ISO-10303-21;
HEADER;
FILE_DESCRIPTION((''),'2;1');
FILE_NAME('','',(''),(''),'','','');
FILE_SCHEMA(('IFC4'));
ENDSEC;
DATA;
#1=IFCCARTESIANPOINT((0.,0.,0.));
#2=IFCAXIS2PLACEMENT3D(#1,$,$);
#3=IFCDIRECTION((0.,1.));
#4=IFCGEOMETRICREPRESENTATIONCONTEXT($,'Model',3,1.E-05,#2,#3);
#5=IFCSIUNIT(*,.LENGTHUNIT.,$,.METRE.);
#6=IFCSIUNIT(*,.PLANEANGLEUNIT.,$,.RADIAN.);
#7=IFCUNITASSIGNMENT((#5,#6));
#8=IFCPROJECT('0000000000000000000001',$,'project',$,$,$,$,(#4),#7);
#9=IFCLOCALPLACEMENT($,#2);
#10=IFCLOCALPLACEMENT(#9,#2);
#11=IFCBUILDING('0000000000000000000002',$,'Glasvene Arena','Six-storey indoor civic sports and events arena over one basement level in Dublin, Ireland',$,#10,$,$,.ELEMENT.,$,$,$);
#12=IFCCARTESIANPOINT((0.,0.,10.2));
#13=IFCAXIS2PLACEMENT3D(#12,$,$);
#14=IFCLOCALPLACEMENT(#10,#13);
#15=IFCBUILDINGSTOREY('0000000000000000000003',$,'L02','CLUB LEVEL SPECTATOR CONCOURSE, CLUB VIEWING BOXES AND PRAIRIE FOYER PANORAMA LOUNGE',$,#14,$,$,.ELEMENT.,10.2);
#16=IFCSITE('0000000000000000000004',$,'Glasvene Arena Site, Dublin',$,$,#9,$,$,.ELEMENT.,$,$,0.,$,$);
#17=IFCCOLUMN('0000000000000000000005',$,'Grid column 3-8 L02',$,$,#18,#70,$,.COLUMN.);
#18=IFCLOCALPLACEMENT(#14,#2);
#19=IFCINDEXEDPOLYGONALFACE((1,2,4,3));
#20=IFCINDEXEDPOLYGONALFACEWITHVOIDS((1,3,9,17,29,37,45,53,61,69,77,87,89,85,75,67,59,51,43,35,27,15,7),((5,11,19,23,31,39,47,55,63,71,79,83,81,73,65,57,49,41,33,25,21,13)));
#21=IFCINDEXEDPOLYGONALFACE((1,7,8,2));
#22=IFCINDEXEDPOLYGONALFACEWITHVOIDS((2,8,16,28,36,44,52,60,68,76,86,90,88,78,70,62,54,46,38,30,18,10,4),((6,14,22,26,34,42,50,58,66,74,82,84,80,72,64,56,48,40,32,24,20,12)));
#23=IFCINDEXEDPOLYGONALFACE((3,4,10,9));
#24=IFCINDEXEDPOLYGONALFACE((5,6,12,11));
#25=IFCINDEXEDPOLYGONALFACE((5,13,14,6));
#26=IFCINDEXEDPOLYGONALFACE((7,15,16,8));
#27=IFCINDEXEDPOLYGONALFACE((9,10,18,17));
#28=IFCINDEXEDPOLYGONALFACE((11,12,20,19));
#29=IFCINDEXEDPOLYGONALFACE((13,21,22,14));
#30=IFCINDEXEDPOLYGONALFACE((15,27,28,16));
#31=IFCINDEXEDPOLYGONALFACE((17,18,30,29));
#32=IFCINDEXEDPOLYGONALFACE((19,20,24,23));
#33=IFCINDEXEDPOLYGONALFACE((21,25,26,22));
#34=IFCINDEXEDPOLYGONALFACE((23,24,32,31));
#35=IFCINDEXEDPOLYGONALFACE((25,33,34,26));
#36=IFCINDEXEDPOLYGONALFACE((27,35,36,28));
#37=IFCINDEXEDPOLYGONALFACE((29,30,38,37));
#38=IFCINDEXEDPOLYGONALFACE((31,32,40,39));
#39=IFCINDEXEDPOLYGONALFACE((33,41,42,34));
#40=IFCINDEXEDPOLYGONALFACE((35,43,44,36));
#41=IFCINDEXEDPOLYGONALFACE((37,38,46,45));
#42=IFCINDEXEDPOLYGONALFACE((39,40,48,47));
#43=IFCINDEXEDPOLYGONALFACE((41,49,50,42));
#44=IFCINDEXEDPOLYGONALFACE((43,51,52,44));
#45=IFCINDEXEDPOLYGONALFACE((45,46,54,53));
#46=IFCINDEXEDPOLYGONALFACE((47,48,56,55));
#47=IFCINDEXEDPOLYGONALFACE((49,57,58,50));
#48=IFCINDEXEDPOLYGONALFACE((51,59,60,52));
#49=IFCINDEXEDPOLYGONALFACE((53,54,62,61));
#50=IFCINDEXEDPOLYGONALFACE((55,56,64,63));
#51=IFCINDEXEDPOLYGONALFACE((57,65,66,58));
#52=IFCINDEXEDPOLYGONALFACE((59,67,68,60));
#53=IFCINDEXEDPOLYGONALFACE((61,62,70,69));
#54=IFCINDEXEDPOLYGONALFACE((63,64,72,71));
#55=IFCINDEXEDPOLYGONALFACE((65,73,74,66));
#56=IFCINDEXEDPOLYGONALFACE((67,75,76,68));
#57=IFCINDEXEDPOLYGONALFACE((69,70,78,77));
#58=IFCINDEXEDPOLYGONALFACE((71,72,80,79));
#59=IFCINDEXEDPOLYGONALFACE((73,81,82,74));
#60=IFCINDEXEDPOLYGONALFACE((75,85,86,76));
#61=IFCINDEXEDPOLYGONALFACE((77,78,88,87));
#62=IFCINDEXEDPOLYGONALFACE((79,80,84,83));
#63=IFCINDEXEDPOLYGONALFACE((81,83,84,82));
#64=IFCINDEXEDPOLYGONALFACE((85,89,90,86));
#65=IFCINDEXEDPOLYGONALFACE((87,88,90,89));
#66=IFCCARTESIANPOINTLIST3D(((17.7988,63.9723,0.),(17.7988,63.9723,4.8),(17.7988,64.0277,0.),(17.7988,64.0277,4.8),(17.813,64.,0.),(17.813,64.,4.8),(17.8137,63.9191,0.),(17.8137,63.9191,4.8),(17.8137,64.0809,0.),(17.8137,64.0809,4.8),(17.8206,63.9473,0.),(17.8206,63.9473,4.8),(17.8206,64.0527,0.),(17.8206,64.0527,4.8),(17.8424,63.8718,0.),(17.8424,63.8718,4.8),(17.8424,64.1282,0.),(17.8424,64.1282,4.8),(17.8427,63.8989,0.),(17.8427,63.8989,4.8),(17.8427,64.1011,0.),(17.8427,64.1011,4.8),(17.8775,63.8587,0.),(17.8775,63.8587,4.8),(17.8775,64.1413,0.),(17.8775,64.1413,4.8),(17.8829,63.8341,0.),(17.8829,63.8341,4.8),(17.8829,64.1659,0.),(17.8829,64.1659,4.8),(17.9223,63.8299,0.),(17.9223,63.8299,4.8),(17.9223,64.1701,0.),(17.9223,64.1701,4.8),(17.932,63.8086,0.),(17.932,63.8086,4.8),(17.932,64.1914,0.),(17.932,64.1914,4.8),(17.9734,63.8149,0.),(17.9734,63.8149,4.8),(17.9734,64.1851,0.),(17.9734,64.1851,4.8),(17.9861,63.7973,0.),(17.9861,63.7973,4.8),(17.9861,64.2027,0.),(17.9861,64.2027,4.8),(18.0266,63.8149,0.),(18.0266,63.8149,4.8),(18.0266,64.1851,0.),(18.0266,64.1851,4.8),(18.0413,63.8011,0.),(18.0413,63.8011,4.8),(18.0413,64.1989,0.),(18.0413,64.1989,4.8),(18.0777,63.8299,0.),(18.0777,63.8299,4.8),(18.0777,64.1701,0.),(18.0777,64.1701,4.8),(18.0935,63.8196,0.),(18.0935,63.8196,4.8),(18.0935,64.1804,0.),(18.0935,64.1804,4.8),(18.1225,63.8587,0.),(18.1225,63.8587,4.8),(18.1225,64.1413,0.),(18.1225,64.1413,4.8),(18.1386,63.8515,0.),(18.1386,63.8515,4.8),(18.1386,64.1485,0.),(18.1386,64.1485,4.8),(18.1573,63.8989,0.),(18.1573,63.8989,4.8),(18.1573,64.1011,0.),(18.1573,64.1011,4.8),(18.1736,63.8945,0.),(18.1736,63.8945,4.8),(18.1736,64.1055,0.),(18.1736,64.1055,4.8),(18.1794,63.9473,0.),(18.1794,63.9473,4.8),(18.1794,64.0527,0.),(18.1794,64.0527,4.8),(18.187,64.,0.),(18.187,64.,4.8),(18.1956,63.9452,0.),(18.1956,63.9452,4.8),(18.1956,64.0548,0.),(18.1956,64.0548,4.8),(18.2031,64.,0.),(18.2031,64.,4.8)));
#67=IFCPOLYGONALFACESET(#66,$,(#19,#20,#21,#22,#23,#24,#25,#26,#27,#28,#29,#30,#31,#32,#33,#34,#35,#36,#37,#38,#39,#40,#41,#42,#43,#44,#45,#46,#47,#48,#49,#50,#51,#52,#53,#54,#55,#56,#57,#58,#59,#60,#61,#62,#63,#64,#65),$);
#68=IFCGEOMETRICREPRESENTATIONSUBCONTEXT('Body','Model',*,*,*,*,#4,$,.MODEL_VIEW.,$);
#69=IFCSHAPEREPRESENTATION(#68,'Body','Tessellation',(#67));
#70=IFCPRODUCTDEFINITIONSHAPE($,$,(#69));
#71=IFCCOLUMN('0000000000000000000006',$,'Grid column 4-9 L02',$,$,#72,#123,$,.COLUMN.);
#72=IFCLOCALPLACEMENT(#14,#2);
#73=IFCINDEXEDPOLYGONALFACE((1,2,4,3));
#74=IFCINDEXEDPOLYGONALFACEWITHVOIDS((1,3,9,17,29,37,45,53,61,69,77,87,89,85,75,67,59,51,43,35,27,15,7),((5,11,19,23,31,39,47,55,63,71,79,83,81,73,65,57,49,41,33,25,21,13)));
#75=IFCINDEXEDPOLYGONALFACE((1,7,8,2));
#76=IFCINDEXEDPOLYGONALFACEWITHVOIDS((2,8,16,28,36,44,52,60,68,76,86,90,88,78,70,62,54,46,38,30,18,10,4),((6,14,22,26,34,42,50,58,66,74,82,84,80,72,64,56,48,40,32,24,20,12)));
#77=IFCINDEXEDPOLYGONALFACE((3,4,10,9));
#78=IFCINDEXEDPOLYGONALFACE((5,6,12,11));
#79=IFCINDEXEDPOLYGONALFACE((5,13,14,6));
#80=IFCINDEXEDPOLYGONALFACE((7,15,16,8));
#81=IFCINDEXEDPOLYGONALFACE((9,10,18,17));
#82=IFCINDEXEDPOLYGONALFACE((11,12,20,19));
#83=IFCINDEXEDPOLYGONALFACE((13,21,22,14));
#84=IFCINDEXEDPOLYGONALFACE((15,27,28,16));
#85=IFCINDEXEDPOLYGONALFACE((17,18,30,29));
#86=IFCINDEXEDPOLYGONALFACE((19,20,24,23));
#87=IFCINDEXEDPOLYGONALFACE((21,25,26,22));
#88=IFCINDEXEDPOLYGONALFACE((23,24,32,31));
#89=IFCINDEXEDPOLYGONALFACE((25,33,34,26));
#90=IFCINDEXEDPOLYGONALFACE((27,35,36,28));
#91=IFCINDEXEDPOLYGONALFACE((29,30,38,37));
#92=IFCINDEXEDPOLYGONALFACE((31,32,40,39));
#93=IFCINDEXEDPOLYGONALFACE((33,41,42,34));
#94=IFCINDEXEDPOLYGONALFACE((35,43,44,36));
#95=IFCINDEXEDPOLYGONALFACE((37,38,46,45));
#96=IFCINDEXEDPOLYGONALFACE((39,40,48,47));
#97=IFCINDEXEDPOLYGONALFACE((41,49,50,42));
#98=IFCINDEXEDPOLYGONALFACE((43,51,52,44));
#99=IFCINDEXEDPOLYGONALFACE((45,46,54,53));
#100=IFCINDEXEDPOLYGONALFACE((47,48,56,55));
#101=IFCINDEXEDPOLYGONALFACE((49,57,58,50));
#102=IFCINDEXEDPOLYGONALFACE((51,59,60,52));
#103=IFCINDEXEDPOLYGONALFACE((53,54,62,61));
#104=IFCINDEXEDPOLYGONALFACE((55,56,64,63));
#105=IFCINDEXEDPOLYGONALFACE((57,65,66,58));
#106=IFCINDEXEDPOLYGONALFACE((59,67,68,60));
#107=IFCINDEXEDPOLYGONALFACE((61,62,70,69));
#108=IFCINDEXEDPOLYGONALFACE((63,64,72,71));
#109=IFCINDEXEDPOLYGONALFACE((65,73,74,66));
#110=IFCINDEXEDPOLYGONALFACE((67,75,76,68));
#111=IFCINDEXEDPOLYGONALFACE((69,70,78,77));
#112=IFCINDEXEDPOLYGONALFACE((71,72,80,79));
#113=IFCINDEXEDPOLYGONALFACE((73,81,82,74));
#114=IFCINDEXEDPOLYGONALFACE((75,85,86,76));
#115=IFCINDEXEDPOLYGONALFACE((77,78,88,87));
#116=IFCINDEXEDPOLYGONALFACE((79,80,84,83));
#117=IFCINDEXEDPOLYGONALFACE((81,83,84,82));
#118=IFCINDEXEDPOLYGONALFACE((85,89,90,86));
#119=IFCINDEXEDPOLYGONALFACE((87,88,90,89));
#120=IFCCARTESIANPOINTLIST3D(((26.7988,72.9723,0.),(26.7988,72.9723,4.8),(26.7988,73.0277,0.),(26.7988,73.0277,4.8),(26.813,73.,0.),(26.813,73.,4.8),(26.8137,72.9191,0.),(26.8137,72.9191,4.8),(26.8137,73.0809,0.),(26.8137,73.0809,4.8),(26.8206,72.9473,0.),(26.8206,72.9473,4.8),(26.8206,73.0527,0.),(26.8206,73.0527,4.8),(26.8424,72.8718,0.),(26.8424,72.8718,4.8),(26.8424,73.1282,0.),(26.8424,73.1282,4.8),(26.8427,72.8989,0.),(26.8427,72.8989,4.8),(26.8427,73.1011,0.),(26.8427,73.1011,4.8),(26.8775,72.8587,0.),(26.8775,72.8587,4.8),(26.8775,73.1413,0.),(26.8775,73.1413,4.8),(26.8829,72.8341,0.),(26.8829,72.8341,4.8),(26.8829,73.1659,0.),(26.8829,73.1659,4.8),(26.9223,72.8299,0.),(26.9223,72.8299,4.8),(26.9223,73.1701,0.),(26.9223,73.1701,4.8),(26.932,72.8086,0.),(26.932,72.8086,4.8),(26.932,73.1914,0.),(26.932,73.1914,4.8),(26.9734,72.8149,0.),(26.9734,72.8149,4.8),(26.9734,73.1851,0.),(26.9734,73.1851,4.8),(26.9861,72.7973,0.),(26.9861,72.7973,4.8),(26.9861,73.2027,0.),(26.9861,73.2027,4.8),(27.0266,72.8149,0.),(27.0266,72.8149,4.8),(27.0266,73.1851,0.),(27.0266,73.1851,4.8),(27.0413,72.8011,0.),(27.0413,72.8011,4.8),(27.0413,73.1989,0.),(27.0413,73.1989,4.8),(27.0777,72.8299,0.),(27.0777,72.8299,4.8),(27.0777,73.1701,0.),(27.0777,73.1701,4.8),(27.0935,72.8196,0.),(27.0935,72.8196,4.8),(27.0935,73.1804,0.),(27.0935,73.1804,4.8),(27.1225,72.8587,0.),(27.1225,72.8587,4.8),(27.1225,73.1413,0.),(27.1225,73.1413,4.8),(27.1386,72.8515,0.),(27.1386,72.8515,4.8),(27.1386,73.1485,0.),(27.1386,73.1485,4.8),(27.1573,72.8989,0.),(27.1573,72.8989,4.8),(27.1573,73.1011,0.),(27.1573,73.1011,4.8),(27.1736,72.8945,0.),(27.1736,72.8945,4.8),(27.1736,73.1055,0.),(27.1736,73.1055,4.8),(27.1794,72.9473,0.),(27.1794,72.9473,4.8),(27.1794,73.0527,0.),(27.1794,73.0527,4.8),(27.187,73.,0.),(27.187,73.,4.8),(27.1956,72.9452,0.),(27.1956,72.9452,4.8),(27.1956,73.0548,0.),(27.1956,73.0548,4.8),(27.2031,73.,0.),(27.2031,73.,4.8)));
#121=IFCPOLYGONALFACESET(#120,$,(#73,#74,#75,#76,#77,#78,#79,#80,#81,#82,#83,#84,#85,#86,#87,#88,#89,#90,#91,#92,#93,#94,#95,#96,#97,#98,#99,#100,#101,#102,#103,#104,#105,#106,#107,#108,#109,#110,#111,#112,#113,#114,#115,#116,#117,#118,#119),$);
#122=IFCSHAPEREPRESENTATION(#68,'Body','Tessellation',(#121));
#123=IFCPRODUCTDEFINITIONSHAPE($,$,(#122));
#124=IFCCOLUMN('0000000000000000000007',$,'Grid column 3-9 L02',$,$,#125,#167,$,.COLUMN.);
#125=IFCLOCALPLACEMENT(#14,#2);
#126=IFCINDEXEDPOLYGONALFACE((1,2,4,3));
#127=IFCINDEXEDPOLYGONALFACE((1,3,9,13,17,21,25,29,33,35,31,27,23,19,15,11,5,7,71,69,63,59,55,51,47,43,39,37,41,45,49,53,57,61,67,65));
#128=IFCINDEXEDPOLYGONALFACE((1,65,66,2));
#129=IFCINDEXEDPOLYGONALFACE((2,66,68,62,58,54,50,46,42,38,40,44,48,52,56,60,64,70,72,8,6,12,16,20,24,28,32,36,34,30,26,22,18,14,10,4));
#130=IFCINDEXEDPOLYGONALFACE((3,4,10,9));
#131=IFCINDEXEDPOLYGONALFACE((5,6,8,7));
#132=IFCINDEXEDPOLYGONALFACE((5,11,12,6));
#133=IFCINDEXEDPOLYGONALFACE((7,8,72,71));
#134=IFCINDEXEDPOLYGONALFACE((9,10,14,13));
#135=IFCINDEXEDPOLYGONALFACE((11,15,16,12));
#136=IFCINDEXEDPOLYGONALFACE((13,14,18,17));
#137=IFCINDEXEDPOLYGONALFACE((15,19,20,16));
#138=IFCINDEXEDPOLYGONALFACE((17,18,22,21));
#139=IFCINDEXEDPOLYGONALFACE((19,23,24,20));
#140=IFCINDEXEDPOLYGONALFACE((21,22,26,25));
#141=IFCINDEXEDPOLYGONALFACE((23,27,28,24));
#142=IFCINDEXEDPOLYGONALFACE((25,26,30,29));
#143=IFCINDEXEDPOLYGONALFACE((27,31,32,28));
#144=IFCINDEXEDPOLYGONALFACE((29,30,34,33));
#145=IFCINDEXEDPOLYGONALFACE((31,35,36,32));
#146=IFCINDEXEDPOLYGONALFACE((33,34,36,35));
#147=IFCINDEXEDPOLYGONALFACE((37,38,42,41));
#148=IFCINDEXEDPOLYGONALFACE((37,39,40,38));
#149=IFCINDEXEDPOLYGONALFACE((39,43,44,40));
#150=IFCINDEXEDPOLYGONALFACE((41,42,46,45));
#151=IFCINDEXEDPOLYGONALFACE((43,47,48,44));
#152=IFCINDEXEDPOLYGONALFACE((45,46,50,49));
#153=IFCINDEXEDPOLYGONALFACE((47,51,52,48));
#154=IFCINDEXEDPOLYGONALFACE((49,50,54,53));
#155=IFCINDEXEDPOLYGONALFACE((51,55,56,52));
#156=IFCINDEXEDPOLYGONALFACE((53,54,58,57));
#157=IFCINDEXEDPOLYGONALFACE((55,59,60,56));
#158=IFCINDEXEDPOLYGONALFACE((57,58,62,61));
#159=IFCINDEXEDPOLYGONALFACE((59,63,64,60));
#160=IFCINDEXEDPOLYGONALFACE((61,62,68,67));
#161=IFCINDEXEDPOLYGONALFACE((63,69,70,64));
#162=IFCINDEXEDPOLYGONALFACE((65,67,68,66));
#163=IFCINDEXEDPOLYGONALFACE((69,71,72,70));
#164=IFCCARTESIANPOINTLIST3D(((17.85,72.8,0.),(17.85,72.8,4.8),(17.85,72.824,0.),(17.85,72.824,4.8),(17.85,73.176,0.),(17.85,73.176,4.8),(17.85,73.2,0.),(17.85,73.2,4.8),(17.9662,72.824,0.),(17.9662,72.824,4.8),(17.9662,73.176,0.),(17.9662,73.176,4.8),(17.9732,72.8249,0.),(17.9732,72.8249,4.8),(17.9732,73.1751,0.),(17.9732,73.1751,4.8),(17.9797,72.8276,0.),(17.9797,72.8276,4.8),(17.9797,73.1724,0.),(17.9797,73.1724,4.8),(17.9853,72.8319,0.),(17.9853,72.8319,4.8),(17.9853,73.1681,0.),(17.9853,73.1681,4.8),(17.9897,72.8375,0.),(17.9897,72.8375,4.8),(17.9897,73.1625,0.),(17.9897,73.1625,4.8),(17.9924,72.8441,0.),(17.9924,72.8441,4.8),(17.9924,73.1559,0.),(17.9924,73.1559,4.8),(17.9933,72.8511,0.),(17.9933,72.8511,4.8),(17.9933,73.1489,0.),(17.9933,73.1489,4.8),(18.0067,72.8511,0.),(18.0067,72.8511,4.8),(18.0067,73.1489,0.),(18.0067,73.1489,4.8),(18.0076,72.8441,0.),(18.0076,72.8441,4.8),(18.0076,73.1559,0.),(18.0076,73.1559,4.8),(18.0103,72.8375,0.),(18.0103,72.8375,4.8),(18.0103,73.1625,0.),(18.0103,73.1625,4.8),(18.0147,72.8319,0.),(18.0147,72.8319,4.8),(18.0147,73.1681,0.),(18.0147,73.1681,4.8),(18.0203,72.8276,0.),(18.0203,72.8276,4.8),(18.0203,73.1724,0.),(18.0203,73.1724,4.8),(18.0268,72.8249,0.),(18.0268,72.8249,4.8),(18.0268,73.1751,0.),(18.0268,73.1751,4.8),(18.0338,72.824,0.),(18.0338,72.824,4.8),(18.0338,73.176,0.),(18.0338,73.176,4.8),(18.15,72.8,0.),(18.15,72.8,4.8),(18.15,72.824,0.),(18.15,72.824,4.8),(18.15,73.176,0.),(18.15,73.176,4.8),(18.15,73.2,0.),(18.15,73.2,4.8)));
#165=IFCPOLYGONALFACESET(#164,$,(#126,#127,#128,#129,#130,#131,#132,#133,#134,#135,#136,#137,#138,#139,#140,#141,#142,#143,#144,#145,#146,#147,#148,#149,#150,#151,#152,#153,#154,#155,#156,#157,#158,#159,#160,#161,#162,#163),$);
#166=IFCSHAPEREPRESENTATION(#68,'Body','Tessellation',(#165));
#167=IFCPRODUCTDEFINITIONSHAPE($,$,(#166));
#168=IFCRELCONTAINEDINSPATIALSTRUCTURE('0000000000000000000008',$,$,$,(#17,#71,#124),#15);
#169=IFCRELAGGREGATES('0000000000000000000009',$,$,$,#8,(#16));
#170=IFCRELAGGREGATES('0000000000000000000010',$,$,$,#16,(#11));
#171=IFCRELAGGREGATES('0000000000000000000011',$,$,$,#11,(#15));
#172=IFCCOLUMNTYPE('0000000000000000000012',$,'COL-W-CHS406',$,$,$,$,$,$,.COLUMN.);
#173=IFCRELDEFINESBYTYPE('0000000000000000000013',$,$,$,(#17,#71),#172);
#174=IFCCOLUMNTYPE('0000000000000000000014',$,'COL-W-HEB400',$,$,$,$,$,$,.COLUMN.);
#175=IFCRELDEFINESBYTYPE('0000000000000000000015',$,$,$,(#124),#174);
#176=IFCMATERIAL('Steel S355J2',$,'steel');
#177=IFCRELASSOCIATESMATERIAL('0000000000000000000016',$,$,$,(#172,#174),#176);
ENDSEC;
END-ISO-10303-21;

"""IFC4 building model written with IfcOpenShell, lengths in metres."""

from ifc_helpers import new_model, si_unit, direction, frame, origin, origin_2d, place, context, subcontext, project, spatial, hollow_circle, i_section, extrude, material, material_profile, profile_set, type_object, element, save


model = new_model("IFC4")

# Units and contexts
model_context = context("Model", 3, precision=1e-05, world=origin(), true_north=direction((0.0, 1.0)))
body_context = subcontext(model_context, "Body", "Model", "MODEL_VIEW")
ifc_project = project(units=[si_unit("LENGTHUNIT", "METRE"), si_unit("PLANEANGLEUNIT", "RADIAN")], contexts=[model_context])

# Site, building, storey
site_placement = place(None, origin())
site = spatial("IfcSite", under=ifc_project, at=site_placement, Name="Glasvene Arena Site, Dublin", CompositionType="ELEMENT", RefElevation=0.0)
building_placement = place(site_placement, origin())
building = spatial("IfcBuilding", under=site, at=building_placement, Name="Glasvene Arena", Description="Six-storey indoor civic sports and events arena over one basement level in Dublin, Ireland", CompositionType="ELEMENT")
storey_placement = place(building_placement, frame((0.0, 0.0, 10.2)))
storey = spatial("IfcBuildingStorey", under=building, at=storey_placement, Name="L02", Description="CLUB LEVEL SPECTATOR CONCOURSE, CLUB VIEWING BOXES AND PRAIRIE FOYER PANORAMA LOUNGE", CompositionType="ELEMENT", Elevation=10.2)

# Columns
ifc_material_1 = material(Name="Steel S355J2", Category="steel")
ifc_material_profile_1 = material_profile(ifc_material_1, hollow_circle(Radius=0.2031, WallThickness=0.0161, at=origin_2d()), Name="CHS 406.4x16.0")
ifc_profile_set_1 = profile_set([ifc_material_profile_1], Name="Steel S355J2")
column_type_1 = type_object("IfcColumnType", Name="COL-W-CHS406", PredefinedType="COLUMN", material=ifc_profile_set_1)
for number, where, z_axis, x_axis, name in (
    (1, (18.0, 64.0, 0.0), (0.0, 0.0, 1.0), (1.0, 0.0, 0.0), "Grid column 3-8 L02"),
    (2, (27.0, 73.0, 0.0), (0.0, 0.0, 1.0), (1.0, 0.0, 0.0), "Grid column 4-9 L02"),
):
    element("IfcColumn", number, at=place(storey_placement, frame(where, z_axis=z_axis, x_axis=x_axis)), inside=storey, type_object=column_type_1, Name=name, PredefinedType="COLUMN", context=body_context, shape_type="SweptSolid", body=[
        extrude(hollow_circle(Radius=0.2031, WallThickness=0.0161, at=origin_2d()), origin(), (0.0, 0.0, 1.0), 4.8),
    ])
ifc_material_profile_2 = material_profile(ifc_material_1, i_section(OverallWidth=0.3, OverallDepth=0.3999, WebThickness=0.0134, FlangeThickness=0.0239, FilletRadius=0.0271, at=origin_2d()), Name="HEB 400")
ifc_profile_set_2 = profile_set([ifc_material_profile_2], Name="Steel S355J2")
column_type_2 = type_object("IfcColumnType", Name="COL-W-HEB400", PredefinedType="COLUMN", material=ifc_profile_set_2)
for number, where, z_axis, x_axis, name in (
    (3, (18.0, 73.0, 0.0), (0.0, 0.0, 1.0), (1.0, 0.0, 0.0), "Grid column 3-9 L02"),
):
    element("IfcColumn", number, at=place(storey_placement, frame(where, z_axis=z_axis, x_axis=x_axis)), inside=storey, type_object=column_type_2, Name=name, PredefinedType="COLUMN", context=body_context, shape_type="SweptSolid", body=[
        extrude(i_section(OverallWidth=0.3, OverallDepth=0.3999, WebThickness=0.0134, FlangeThickness=0.0239, FilletRadius=0.0271, at=origin_2d()), origin(), (0.0, 0.0, 1.0), 4.8),
    ])

save(model, "model.ifc")
